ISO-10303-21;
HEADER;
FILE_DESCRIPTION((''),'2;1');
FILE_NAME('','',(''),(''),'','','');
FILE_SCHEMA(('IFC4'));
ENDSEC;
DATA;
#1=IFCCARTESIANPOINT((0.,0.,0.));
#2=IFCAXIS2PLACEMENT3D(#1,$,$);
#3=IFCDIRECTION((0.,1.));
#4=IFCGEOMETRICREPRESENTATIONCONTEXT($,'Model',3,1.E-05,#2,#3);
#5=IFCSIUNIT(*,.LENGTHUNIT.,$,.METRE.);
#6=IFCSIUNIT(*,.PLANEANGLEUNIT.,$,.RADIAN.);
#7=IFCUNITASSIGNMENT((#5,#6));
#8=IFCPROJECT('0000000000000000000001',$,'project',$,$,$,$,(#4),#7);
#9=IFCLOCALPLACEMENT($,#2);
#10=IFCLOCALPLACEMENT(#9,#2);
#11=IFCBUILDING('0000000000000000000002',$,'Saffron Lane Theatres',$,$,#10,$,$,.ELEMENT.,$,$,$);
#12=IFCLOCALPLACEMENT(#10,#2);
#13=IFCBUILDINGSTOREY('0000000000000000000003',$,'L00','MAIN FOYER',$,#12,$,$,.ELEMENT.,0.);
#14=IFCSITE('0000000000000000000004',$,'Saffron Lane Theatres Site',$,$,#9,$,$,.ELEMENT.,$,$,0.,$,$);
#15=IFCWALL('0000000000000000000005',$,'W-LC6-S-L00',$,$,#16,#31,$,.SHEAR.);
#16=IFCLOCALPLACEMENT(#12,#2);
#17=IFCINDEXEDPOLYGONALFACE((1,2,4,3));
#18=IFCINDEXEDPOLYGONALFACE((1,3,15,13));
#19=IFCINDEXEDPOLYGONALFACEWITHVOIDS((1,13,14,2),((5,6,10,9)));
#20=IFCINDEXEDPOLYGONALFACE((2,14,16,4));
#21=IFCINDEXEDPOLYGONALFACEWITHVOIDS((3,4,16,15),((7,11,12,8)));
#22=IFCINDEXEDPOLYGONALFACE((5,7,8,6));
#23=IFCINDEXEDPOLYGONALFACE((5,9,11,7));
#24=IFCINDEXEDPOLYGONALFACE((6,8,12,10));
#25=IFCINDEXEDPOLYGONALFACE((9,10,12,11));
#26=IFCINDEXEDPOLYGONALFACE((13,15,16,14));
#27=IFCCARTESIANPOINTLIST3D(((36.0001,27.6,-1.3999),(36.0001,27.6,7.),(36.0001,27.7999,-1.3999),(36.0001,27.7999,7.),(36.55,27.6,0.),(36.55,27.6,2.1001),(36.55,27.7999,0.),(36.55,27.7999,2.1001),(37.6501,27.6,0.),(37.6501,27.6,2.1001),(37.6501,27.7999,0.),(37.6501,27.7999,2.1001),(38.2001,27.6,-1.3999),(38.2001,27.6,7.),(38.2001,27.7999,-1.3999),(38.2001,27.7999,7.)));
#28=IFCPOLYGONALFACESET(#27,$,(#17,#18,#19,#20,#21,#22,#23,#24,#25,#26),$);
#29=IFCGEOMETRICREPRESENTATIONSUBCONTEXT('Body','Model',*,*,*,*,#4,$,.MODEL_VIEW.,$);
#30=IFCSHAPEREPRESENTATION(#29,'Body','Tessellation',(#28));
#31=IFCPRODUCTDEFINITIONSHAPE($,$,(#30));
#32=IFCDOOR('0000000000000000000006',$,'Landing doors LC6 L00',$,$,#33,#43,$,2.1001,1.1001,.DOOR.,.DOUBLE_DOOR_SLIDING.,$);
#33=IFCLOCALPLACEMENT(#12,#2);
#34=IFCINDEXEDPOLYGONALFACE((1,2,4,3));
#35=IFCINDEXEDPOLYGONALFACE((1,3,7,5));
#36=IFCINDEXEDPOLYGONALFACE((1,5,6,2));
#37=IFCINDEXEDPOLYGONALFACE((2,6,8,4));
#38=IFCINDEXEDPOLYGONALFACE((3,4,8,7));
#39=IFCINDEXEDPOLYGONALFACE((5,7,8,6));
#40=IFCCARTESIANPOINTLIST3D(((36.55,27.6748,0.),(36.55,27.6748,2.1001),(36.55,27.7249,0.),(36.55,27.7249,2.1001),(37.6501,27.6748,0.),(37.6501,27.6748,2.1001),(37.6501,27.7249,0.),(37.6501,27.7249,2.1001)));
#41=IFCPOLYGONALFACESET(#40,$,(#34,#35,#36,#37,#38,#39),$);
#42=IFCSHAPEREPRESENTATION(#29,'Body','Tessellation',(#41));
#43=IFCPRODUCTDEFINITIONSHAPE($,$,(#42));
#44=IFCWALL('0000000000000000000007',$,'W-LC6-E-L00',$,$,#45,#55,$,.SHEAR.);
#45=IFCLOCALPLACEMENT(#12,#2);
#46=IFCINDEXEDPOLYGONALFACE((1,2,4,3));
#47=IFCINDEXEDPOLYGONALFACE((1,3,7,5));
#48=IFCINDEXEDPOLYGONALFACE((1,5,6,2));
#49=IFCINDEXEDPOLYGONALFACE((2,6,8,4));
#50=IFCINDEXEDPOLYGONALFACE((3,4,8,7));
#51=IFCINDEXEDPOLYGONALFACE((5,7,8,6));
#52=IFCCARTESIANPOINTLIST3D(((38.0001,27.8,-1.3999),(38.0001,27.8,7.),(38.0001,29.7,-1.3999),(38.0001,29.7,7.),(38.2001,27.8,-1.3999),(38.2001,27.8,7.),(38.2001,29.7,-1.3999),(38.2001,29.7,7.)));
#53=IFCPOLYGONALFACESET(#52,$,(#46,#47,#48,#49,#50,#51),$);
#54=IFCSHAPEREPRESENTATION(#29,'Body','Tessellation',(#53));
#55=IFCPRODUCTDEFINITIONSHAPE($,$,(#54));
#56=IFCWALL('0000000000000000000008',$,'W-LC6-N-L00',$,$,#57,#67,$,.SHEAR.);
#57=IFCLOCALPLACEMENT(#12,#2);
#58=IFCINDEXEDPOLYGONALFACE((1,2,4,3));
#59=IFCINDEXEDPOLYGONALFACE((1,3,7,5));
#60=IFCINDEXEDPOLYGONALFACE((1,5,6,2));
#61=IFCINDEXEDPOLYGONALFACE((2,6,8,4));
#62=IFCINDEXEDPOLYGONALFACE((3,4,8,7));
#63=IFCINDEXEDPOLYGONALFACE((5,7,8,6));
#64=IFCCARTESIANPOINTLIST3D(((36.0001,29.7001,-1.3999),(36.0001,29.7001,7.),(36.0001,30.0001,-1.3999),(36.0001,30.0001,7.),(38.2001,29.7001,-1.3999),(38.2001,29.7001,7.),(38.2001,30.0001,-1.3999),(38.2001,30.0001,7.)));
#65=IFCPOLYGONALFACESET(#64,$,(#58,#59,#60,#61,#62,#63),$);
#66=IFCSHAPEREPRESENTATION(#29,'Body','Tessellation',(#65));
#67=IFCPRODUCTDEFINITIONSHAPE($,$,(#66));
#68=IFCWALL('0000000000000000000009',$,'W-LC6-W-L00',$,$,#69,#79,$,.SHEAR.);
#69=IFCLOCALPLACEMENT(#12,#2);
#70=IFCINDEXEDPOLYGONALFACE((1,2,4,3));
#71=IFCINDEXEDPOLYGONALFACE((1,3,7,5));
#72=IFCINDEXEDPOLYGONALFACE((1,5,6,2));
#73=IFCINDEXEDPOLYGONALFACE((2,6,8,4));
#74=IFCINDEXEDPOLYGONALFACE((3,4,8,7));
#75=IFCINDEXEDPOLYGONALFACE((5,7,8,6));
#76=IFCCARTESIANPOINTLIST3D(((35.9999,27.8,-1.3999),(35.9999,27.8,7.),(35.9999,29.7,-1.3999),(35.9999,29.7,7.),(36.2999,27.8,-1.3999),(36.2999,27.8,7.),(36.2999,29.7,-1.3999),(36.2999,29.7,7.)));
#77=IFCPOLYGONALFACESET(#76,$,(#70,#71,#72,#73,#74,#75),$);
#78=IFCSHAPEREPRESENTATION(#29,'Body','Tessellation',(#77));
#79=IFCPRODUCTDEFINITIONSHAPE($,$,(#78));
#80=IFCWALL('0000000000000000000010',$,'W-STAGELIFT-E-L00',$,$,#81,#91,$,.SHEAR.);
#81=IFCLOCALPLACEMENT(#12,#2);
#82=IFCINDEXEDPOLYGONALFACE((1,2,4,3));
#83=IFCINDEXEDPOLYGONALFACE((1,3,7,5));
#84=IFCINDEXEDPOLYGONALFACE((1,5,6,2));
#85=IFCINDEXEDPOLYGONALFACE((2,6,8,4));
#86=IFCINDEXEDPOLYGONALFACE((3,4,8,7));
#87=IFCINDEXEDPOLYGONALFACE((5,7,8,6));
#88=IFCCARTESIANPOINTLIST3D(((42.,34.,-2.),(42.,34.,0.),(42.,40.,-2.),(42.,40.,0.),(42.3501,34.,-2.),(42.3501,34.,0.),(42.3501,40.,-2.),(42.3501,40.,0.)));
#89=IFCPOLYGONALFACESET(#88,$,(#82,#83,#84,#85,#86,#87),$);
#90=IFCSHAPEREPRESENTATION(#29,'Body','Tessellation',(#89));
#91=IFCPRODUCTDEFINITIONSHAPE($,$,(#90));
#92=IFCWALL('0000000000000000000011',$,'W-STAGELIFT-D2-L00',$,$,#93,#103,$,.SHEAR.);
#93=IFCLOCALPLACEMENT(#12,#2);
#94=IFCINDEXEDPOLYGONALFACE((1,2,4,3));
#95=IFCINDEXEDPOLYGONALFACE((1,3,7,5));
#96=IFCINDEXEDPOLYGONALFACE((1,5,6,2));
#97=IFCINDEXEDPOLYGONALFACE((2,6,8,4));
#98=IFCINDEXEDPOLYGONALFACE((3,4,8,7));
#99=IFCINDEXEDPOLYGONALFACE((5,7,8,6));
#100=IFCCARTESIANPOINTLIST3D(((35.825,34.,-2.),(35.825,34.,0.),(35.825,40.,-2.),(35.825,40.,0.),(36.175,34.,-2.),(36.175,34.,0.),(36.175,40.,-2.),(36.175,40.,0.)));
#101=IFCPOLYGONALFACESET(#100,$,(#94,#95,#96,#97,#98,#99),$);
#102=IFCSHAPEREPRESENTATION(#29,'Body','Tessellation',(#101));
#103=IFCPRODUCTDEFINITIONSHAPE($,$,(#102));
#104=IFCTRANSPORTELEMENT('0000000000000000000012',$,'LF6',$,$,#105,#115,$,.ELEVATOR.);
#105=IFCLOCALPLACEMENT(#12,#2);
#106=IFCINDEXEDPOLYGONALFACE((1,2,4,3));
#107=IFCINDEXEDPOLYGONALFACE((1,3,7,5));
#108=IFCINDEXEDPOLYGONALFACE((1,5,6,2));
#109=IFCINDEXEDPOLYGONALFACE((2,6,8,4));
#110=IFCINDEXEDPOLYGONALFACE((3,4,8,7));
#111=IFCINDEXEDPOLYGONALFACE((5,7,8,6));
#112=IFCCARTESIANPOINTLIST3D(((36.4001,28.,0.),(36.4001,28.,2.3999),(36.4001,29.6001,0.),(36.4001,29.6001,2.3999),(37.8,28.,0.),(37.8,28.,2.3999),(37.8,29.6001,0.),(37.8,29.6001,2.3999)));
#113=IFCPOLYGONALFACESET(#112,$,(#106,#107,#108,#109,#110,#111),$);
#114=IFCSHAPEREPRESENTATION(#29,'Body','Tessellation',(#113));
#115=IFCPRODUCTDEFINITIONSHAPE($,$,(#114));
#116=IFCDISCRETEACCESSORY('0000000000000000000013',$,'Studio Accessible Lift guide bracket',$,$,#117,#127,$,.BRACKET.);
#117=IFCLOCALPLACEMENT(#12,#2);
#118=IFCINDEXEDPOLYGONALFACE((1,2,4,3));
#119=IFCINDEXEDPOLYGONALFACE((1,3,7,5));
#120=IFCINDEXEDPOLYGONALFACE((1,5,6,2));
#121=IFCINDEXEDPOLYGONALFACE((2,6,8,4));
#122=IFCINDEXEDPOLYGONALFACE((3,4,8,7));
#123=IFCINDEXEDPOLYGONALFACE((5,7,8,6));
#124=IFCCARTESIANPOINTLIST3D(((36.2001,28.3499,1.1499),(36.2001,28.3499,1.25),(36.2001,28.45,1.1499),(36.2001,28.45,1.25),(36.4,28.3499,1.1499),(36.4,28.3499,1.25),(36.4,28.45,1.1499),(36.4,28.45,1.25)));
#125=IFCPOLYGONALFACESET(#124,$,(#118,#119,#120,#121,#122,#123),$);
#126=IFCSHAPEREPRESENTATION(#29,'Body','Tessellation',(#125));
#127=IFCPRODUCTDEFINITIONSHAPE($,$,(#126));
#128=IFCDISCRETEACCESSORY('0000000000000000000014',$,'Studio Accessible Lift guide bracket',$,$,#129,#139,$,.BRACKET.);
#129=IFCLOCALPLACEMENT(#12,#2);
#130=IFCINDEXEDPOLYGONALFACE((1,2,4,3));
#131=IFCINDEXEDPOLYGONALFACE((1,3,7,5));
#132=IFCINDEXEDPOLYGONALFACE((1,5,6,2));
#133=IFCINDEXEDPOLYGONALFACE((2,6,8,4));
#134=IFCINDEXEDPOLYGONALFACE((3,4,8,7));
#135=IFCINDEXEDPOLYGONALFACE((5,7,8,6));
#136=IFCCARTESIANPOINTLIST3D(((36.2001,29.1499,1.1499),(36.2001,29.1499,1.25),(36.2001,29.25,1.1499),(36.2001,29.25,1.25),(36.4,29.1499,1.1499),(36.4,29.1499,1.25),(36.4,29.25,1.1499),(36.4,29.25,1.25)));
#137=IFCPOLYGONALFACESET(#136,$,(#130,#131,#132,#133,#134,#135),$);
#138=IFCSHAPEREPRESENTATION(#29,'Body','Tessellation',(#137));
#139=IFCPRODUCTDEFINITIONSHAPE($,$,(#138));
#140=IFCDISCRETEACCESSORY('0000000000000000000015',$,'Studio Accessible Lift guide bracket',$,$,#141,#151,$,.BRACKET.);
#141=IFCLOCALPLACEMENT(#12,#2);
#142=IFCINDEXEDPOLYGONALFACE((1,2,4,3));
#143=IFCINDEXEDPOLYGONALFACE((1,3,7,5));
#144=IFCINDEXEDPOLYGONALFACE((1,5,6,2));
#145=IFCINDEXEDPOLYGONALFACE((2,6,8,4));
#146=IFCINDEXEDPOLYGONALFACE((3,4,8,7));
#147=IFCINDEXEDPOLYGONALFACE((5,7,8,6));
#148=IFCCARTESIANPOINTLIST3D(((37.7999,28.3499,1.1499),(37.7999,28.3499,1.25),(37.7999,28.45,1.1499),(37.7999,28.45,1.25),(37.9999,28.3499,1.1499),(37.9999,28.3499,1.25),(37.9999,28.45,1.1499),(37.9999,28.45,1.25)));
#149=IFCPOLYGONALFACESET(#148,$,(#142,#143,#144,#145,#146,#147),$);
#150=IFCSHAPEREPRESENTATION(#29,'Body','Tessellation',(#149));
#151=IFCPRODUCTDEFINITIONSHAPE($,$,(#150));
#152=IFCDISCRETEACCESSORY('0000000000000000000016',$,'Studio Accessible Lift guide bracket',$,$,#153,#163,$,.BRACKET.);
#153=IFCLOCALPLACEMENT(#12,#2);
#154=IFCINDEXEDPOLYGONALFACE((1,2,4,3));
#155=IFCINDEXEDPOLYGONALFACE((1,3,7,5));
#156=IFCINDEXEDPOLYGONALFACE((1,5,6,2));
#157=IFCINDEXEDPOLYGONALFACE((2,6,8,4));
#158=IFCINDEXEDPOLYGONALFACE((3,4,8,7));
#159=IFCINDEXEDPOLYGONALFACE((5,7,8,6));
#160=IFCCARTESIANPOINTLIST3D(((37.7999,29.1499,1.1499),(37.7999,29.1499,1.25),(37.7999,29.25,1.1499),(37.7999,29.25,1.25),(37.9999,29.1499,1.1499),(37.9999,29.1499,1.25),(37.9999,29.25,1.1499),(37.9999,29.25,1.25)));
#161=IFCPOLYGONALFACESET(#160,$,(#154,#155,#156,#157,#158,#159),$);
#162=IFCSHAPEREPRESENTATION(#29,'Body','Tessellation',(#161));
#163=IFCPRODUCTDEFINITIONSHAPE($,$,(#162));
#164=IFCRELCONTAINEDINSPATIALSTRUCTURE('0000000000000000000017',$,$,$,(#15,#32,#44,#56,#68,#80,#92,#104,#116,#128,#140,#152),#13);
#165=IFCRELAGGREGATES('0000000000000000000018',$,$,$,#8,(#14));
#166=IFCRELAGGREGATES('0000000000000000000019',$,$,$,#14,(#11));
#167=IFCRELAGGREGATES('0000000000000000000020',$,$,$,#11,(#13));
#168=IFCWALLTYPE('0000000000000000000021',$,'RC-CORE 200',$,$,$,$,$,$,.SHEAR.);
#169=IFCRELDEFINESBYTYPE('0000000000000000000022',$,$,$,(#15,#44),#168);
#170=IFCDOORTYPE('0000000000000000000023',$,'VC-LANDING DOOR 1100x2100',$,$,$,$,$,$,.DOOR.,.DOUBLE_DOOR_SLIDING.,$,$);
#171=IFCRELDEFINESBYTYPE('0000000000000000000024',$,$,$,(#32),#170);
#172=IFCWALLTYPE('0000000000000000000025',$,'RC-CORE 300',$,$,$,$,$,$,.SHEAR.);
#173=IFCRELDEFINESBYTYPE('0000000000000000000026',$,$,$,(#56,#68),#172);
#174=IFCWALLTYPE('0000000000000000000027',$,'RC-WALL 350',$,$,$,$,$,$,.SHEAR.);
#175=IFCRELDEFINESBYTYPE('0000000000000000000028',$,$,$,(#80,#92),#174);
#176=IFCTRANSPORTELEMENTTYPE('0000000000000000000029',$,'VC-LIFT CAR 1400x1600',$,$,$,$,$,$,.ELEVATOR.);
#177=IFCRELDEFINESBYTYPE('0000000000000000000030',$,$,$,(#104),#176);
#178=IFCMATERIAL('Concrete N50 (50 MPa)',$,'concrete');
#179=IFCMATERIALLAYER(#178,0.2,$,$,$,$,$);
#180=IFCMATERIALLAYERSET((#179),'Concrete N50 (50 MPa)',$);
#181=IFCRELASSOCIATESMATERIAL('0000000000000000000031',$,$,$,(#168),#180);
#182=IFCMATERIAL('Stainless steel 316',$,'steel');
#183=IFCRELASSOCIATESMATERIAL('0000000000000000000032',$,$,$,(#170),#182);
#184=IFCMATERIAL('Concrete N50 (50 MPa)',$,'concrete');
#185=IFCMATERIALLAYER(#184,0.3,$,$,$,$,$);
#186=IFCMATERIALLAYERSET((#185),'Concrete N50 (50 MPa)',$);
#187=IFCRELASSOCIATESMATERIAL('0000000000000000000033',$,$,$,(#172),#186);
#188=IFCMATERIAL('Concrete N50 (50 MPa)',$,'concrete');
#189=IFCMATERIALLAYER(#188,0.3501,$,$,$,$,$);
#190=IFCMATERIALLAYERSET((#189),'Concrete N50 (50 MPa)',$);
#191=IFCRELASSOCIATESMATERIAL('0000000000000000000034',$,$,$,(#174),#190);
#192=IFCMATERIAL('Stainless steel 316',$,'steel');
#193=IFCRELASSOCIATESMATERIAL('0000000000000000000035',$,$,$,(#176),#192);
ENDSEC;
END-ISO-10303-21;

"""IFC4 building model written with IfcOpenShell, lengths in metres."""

from ifc_helpers import new_model, si_unit, direction, frame, frame_2d, origin, origin_2d, place, context, subcontext, project, spatial, rectangle, extrude, material, layer, layer_set, type_object, element, fill, save


model = new_model("IFC4")

# Units and contexts
model_context = context("Model", 3, precision=1e-05, world=origin(), true_north=direction((0.0, 1.0)))
body_context = subcontext(model_context, "Body", "Model", "MODEL_VIEW")
ifc_project = project(units=[si_unit("LENGTHUNIT", "METRE"), si_unit("PLANEANGLEUNIT", "RADIAN")], contexts=[model_context])

# Site, building, storey
site_placement = place(None, origin())
site = spatial("IfcSite", under=ifc_project, at=site_placement, Name="Saffron Lane Theatres Site", CompositionType="ELEMENT", RefElevation=0.0)
building_placement = place(site_placement, origin())
building = spatial("IfcBuilding", under=site, at=building_placement, Name="Saffron Lane Theatres", CompositionType="ELEMENT")
storey_placement = place(building_placement, origin())
storey = spatial("IfcBuildingStorey", under=building, at=storey_placement, Name="L00", Description="MAIN FOYER", CompositionType="ELEMENT", Elevation=0.0)

# Wall, opening, door
ifc_material_1 = material(Name="Concrete N50 (50 MPa)", Category="concrete")
ifc_layer_1 = layer(ifc_material_1, 0.2)
ifc_layer_set_1 = layer_set([ifc_layer_1], Name="Concrete N50 (50 MPa)")
wall_type_1 = type_object("IfcWallType", Name="RC-CORE 200", PredefinedType="SHEAR", material=ifc_layer_set_1)
wall_1_placement = place(storey_placement, frame((36.0, 27.7, -1.3999), z_axis=(0.0, 0.0, 1.0), x_axis=(1.0, 0.0, 0.0)))
wall_1 = element("IfcWall", 1, at=wall_1_placement, inside=storey, type_object=wall_type_1, Name="W-LC6-S-L00", PredefinedType="SHEAR", context=body_context, shape_type="SweptSolid", body=[
    extrude(rectangle(XDim=2.2, YDim=0.2, at=frame_2d((1.1001, 0.0))), origin(), (0.0, 0.0, 1.0), 8.3999),
])
opening_1_placement = place(wall_1_placement, frame((0.55, 0.0, 1.3999)))
opening_1 = element("IfcOpeningElement", 2, at=opening_1_placement, cuts=wall_1, PredefinedType="OPENING", context=body_context, shape_type="SweptSolid", body=[
    extrude(rectangle(XDim=1.1001, YDim=2.1001, at=frame_2d((0.55, 1.05))), frame((0.0, 0.1099, 0.0), z_axis=(0.0, -1.0, 0.0), x_axis=(1.0, 0.0, 0.0)), (0.0, 0.0, 1.0), 0.22),
])
ifc_material_2 = material(Name="Stainless steel 316", Category="steel")
door_type_1 = type_object("IfcDoorType", Name="VC-LANDING DOOR 1100x2100", OperationType="DOUBLE_DOOR_SLIDING", PredefinedType="DOOR", material=ifc_material_2)
door_1_placement = place(opening_1_placement, origin())
door_1 = element("IfcDoor", 3, at=door_1_placement, inside=storey, type_object=door_type_1, Name="Landing doors LC6 L00", OperationType="DOUBLE_DOOR_SLIDING", OverallHeight=2.1001, OverallWidth=1.1001, PredefinedType="DOOR", context=body_context, shape_type="SweptSolid", body=[
    extrude(rectangle(XDim=1.1001, YDim=2.1001, at=frame_2d((0.55, 1.05))), frame((0.0, 0.0249, 0.0), z_axis=(0.0, -1.0, 0.0), x_axis=(1.0, 0.0, 0.0)), (0.0, 0.0, 1.0), 0.05),
])
fill(opening_1, door_1)

# Walls
wall_2_placement = place(storey_placement, frame((38.1001, 27.8, -1.3999), z_axis=(0.0, 0.0, 1.0), x_axis=(0.0, 1.0, 0.0)))
element("IfcWall", 4, at=wall_2_placement, inside=storey, type_object=wall_type_1, Name="W-LC6-E-L00", PredefinedType="SHEAR", context=body_context, shape_type="SweptSolid", body=[
    extrude(rectangle(XDim=1.8999, YDim=0.2, at=frame_2d((0.95, 0.0))), origin(), (0.0, 0.0, 1.0), 8.3999),
])
ifc_material_3 = material(Name="Concrete N50 (50 MPa)", Category="concrete")
ifc_layer_2 = layer(ifc_material_3, 0.3)
ifc_layer_set_2 = layer_set([ifc_layer_2], Name="Concrete N50 (50 MPa)")
wall_type_2 = type_object("IfcWallType", Name="RC-CORE 300", PredefinedType="SHEAR", material=ifc_layer_set_2)
wall_3_placement = place(storey_placement, frame((36.0, 29.8501, -1.3999), z_axis=(0.0, 0.0, 1.0), x_axis=(1.0, 0.0, 0.0)))
element("IfcWall", 5, at=wall_3_placement, inside=storey, type_object=wall_type_2, Name="W-LC6-N-L00", PredefinedType="SHEAR", context=body_context, shape_type="SweptSolid", body=[
    extrude(rectangle(XDim=2.2, YDim=0.3, at=frame_2d((1.1001, 0.0))), origin(), (0.0, 0.0, 1.0), 8.3999),
])
wall_4_placement = place(storey_placement, frame((36.1499, 27.8, -1.3999), z_axis=(0.0, 0.0, 1.0), x_axis=(0.0, 1.0, 0.0)))
element("IfcWall", 6, at=wall_4_placement, inside=storey, type_object=wall_type_2, Name="W-LC6-W-L00", PredefinedType="SHEAR", context=body_context, shape_type="SweptSolid", body=[
    extrude(rectangle(XDim=1.8999, YDim=0.3, at=frame_2d((0.95, 0.0))), origin(), (0.0, 0.0, 1.0), 8.3999),
])
ifc_material_4 = material(Name="Concrete N50 (50 MPa)", Category="concrete")
ifc_layer_3 = layer(ifc_material_4, 0.3501)
ifc_layer_set_3 = layer_set([ifc_layer_3], Name="Concrete N50 (50 MPa)")
wall_type_3 = type_object("IfcWallType", Name="RC-WALL 350", PredefinedType="SHEAR", material=ifc_layer_set_3)
for number, where, z_axis, x_axis, name in (
    (7, (42.175, 34.0, -2.0), (0.0, 0.0, 1.0), (0.0, 1.0, 0.0), "W-STAGELIFT-E-L00"),
    (8, (36.0, 34.0, -2.0), (0.0, 0.0, 1.0), (0.0, 1.0, 0.0), "W-STAGELIFT-D2-L00"),
):
    element("IfcWall", number, at=place(storey_placement, frame(where, z_axis=z_axis, x_axis=x_axis)), inside=storey, type_object=wall_type_3, Name=name, PredefinedType="SHEAR", context=body_context, shape_type="SweptSolid", body=[
        extrude(rectangle(XDim=6.0, YDim=0.3501, at=frame_2d((3.0, 0.0))), origin(), (0.0, 0.0, 1.0), 2.0),
    ])

# Transport element
ifc_material_5 = material(Name="Stainless steel 316", Category="steel")
transport_element_type = type_object("IfcTransportElementType", Name="VC-LIFT CAR 1400x1600", PredefinedType="ELEVATOR", material=ifc_material_5)
transport_element_placement = place(storey_placement, frame((37.1001, 28.8, 0.0), z_axis=(0.0, 0.0, 1.0), x_axis=(1.0, 0.0, 0.0)))
element("IfcTransportElement", 9, at=transport_element_placement, inside=storey, type_object=transport_element_type, Name="LF6", PredefinedType="ELEVATOR", context=body_context, shape_type="SweptSolid", body=[
    extrude(rectangle(XDim=1.3999, YDim=1.6001, at=origin_2d()), origin(), (0.0, 0.0, 1.0), 2.3999),
])

# Discrete accessories
for number, where, z_axis, x_axis, name in (
    (10, (36.3, 28.3999, 1.1499), (0.0, 0.0, 1.0), (1.0, 0.0, 0.0), "Studio Accessible Lift guide bracket"),
    (11, (36.3, 29.2, 1.1499), (0.0, 0.0, 1.0), (1.0, 0.0, 0.0), "Studio Accessible Lift guide bracket"),
    (12, (37.8999, 28.3999, 1.1499), (0.0, 0.0, 1.0), (1.0, 0.0, 0.0), "Studio Accessible Lift guide bracket"),
    (13, (37.8999, 29.2, 1.1499), (0.0, 0.0, 1.0), (1.0, 0.0, 0.0), "Studio Accessible Lift guide bracket"),
):
    element("IfcDiscreteAccessory", number, at=place(storey_placement, frame(where, z_axis=z_axis, x_axis=x_axis)), inside=storey, Name=name, PredefinedType="BRACKET", context=body_context, shape_type="SweptSolid", body=[
        extrude(rectangle(XDim=0.2, YDim=0.1001, at=origin_2d()), origin(), (0.0, 0.0, 1.0), 0.1001),
    ])

save(model, "model.ifc")
